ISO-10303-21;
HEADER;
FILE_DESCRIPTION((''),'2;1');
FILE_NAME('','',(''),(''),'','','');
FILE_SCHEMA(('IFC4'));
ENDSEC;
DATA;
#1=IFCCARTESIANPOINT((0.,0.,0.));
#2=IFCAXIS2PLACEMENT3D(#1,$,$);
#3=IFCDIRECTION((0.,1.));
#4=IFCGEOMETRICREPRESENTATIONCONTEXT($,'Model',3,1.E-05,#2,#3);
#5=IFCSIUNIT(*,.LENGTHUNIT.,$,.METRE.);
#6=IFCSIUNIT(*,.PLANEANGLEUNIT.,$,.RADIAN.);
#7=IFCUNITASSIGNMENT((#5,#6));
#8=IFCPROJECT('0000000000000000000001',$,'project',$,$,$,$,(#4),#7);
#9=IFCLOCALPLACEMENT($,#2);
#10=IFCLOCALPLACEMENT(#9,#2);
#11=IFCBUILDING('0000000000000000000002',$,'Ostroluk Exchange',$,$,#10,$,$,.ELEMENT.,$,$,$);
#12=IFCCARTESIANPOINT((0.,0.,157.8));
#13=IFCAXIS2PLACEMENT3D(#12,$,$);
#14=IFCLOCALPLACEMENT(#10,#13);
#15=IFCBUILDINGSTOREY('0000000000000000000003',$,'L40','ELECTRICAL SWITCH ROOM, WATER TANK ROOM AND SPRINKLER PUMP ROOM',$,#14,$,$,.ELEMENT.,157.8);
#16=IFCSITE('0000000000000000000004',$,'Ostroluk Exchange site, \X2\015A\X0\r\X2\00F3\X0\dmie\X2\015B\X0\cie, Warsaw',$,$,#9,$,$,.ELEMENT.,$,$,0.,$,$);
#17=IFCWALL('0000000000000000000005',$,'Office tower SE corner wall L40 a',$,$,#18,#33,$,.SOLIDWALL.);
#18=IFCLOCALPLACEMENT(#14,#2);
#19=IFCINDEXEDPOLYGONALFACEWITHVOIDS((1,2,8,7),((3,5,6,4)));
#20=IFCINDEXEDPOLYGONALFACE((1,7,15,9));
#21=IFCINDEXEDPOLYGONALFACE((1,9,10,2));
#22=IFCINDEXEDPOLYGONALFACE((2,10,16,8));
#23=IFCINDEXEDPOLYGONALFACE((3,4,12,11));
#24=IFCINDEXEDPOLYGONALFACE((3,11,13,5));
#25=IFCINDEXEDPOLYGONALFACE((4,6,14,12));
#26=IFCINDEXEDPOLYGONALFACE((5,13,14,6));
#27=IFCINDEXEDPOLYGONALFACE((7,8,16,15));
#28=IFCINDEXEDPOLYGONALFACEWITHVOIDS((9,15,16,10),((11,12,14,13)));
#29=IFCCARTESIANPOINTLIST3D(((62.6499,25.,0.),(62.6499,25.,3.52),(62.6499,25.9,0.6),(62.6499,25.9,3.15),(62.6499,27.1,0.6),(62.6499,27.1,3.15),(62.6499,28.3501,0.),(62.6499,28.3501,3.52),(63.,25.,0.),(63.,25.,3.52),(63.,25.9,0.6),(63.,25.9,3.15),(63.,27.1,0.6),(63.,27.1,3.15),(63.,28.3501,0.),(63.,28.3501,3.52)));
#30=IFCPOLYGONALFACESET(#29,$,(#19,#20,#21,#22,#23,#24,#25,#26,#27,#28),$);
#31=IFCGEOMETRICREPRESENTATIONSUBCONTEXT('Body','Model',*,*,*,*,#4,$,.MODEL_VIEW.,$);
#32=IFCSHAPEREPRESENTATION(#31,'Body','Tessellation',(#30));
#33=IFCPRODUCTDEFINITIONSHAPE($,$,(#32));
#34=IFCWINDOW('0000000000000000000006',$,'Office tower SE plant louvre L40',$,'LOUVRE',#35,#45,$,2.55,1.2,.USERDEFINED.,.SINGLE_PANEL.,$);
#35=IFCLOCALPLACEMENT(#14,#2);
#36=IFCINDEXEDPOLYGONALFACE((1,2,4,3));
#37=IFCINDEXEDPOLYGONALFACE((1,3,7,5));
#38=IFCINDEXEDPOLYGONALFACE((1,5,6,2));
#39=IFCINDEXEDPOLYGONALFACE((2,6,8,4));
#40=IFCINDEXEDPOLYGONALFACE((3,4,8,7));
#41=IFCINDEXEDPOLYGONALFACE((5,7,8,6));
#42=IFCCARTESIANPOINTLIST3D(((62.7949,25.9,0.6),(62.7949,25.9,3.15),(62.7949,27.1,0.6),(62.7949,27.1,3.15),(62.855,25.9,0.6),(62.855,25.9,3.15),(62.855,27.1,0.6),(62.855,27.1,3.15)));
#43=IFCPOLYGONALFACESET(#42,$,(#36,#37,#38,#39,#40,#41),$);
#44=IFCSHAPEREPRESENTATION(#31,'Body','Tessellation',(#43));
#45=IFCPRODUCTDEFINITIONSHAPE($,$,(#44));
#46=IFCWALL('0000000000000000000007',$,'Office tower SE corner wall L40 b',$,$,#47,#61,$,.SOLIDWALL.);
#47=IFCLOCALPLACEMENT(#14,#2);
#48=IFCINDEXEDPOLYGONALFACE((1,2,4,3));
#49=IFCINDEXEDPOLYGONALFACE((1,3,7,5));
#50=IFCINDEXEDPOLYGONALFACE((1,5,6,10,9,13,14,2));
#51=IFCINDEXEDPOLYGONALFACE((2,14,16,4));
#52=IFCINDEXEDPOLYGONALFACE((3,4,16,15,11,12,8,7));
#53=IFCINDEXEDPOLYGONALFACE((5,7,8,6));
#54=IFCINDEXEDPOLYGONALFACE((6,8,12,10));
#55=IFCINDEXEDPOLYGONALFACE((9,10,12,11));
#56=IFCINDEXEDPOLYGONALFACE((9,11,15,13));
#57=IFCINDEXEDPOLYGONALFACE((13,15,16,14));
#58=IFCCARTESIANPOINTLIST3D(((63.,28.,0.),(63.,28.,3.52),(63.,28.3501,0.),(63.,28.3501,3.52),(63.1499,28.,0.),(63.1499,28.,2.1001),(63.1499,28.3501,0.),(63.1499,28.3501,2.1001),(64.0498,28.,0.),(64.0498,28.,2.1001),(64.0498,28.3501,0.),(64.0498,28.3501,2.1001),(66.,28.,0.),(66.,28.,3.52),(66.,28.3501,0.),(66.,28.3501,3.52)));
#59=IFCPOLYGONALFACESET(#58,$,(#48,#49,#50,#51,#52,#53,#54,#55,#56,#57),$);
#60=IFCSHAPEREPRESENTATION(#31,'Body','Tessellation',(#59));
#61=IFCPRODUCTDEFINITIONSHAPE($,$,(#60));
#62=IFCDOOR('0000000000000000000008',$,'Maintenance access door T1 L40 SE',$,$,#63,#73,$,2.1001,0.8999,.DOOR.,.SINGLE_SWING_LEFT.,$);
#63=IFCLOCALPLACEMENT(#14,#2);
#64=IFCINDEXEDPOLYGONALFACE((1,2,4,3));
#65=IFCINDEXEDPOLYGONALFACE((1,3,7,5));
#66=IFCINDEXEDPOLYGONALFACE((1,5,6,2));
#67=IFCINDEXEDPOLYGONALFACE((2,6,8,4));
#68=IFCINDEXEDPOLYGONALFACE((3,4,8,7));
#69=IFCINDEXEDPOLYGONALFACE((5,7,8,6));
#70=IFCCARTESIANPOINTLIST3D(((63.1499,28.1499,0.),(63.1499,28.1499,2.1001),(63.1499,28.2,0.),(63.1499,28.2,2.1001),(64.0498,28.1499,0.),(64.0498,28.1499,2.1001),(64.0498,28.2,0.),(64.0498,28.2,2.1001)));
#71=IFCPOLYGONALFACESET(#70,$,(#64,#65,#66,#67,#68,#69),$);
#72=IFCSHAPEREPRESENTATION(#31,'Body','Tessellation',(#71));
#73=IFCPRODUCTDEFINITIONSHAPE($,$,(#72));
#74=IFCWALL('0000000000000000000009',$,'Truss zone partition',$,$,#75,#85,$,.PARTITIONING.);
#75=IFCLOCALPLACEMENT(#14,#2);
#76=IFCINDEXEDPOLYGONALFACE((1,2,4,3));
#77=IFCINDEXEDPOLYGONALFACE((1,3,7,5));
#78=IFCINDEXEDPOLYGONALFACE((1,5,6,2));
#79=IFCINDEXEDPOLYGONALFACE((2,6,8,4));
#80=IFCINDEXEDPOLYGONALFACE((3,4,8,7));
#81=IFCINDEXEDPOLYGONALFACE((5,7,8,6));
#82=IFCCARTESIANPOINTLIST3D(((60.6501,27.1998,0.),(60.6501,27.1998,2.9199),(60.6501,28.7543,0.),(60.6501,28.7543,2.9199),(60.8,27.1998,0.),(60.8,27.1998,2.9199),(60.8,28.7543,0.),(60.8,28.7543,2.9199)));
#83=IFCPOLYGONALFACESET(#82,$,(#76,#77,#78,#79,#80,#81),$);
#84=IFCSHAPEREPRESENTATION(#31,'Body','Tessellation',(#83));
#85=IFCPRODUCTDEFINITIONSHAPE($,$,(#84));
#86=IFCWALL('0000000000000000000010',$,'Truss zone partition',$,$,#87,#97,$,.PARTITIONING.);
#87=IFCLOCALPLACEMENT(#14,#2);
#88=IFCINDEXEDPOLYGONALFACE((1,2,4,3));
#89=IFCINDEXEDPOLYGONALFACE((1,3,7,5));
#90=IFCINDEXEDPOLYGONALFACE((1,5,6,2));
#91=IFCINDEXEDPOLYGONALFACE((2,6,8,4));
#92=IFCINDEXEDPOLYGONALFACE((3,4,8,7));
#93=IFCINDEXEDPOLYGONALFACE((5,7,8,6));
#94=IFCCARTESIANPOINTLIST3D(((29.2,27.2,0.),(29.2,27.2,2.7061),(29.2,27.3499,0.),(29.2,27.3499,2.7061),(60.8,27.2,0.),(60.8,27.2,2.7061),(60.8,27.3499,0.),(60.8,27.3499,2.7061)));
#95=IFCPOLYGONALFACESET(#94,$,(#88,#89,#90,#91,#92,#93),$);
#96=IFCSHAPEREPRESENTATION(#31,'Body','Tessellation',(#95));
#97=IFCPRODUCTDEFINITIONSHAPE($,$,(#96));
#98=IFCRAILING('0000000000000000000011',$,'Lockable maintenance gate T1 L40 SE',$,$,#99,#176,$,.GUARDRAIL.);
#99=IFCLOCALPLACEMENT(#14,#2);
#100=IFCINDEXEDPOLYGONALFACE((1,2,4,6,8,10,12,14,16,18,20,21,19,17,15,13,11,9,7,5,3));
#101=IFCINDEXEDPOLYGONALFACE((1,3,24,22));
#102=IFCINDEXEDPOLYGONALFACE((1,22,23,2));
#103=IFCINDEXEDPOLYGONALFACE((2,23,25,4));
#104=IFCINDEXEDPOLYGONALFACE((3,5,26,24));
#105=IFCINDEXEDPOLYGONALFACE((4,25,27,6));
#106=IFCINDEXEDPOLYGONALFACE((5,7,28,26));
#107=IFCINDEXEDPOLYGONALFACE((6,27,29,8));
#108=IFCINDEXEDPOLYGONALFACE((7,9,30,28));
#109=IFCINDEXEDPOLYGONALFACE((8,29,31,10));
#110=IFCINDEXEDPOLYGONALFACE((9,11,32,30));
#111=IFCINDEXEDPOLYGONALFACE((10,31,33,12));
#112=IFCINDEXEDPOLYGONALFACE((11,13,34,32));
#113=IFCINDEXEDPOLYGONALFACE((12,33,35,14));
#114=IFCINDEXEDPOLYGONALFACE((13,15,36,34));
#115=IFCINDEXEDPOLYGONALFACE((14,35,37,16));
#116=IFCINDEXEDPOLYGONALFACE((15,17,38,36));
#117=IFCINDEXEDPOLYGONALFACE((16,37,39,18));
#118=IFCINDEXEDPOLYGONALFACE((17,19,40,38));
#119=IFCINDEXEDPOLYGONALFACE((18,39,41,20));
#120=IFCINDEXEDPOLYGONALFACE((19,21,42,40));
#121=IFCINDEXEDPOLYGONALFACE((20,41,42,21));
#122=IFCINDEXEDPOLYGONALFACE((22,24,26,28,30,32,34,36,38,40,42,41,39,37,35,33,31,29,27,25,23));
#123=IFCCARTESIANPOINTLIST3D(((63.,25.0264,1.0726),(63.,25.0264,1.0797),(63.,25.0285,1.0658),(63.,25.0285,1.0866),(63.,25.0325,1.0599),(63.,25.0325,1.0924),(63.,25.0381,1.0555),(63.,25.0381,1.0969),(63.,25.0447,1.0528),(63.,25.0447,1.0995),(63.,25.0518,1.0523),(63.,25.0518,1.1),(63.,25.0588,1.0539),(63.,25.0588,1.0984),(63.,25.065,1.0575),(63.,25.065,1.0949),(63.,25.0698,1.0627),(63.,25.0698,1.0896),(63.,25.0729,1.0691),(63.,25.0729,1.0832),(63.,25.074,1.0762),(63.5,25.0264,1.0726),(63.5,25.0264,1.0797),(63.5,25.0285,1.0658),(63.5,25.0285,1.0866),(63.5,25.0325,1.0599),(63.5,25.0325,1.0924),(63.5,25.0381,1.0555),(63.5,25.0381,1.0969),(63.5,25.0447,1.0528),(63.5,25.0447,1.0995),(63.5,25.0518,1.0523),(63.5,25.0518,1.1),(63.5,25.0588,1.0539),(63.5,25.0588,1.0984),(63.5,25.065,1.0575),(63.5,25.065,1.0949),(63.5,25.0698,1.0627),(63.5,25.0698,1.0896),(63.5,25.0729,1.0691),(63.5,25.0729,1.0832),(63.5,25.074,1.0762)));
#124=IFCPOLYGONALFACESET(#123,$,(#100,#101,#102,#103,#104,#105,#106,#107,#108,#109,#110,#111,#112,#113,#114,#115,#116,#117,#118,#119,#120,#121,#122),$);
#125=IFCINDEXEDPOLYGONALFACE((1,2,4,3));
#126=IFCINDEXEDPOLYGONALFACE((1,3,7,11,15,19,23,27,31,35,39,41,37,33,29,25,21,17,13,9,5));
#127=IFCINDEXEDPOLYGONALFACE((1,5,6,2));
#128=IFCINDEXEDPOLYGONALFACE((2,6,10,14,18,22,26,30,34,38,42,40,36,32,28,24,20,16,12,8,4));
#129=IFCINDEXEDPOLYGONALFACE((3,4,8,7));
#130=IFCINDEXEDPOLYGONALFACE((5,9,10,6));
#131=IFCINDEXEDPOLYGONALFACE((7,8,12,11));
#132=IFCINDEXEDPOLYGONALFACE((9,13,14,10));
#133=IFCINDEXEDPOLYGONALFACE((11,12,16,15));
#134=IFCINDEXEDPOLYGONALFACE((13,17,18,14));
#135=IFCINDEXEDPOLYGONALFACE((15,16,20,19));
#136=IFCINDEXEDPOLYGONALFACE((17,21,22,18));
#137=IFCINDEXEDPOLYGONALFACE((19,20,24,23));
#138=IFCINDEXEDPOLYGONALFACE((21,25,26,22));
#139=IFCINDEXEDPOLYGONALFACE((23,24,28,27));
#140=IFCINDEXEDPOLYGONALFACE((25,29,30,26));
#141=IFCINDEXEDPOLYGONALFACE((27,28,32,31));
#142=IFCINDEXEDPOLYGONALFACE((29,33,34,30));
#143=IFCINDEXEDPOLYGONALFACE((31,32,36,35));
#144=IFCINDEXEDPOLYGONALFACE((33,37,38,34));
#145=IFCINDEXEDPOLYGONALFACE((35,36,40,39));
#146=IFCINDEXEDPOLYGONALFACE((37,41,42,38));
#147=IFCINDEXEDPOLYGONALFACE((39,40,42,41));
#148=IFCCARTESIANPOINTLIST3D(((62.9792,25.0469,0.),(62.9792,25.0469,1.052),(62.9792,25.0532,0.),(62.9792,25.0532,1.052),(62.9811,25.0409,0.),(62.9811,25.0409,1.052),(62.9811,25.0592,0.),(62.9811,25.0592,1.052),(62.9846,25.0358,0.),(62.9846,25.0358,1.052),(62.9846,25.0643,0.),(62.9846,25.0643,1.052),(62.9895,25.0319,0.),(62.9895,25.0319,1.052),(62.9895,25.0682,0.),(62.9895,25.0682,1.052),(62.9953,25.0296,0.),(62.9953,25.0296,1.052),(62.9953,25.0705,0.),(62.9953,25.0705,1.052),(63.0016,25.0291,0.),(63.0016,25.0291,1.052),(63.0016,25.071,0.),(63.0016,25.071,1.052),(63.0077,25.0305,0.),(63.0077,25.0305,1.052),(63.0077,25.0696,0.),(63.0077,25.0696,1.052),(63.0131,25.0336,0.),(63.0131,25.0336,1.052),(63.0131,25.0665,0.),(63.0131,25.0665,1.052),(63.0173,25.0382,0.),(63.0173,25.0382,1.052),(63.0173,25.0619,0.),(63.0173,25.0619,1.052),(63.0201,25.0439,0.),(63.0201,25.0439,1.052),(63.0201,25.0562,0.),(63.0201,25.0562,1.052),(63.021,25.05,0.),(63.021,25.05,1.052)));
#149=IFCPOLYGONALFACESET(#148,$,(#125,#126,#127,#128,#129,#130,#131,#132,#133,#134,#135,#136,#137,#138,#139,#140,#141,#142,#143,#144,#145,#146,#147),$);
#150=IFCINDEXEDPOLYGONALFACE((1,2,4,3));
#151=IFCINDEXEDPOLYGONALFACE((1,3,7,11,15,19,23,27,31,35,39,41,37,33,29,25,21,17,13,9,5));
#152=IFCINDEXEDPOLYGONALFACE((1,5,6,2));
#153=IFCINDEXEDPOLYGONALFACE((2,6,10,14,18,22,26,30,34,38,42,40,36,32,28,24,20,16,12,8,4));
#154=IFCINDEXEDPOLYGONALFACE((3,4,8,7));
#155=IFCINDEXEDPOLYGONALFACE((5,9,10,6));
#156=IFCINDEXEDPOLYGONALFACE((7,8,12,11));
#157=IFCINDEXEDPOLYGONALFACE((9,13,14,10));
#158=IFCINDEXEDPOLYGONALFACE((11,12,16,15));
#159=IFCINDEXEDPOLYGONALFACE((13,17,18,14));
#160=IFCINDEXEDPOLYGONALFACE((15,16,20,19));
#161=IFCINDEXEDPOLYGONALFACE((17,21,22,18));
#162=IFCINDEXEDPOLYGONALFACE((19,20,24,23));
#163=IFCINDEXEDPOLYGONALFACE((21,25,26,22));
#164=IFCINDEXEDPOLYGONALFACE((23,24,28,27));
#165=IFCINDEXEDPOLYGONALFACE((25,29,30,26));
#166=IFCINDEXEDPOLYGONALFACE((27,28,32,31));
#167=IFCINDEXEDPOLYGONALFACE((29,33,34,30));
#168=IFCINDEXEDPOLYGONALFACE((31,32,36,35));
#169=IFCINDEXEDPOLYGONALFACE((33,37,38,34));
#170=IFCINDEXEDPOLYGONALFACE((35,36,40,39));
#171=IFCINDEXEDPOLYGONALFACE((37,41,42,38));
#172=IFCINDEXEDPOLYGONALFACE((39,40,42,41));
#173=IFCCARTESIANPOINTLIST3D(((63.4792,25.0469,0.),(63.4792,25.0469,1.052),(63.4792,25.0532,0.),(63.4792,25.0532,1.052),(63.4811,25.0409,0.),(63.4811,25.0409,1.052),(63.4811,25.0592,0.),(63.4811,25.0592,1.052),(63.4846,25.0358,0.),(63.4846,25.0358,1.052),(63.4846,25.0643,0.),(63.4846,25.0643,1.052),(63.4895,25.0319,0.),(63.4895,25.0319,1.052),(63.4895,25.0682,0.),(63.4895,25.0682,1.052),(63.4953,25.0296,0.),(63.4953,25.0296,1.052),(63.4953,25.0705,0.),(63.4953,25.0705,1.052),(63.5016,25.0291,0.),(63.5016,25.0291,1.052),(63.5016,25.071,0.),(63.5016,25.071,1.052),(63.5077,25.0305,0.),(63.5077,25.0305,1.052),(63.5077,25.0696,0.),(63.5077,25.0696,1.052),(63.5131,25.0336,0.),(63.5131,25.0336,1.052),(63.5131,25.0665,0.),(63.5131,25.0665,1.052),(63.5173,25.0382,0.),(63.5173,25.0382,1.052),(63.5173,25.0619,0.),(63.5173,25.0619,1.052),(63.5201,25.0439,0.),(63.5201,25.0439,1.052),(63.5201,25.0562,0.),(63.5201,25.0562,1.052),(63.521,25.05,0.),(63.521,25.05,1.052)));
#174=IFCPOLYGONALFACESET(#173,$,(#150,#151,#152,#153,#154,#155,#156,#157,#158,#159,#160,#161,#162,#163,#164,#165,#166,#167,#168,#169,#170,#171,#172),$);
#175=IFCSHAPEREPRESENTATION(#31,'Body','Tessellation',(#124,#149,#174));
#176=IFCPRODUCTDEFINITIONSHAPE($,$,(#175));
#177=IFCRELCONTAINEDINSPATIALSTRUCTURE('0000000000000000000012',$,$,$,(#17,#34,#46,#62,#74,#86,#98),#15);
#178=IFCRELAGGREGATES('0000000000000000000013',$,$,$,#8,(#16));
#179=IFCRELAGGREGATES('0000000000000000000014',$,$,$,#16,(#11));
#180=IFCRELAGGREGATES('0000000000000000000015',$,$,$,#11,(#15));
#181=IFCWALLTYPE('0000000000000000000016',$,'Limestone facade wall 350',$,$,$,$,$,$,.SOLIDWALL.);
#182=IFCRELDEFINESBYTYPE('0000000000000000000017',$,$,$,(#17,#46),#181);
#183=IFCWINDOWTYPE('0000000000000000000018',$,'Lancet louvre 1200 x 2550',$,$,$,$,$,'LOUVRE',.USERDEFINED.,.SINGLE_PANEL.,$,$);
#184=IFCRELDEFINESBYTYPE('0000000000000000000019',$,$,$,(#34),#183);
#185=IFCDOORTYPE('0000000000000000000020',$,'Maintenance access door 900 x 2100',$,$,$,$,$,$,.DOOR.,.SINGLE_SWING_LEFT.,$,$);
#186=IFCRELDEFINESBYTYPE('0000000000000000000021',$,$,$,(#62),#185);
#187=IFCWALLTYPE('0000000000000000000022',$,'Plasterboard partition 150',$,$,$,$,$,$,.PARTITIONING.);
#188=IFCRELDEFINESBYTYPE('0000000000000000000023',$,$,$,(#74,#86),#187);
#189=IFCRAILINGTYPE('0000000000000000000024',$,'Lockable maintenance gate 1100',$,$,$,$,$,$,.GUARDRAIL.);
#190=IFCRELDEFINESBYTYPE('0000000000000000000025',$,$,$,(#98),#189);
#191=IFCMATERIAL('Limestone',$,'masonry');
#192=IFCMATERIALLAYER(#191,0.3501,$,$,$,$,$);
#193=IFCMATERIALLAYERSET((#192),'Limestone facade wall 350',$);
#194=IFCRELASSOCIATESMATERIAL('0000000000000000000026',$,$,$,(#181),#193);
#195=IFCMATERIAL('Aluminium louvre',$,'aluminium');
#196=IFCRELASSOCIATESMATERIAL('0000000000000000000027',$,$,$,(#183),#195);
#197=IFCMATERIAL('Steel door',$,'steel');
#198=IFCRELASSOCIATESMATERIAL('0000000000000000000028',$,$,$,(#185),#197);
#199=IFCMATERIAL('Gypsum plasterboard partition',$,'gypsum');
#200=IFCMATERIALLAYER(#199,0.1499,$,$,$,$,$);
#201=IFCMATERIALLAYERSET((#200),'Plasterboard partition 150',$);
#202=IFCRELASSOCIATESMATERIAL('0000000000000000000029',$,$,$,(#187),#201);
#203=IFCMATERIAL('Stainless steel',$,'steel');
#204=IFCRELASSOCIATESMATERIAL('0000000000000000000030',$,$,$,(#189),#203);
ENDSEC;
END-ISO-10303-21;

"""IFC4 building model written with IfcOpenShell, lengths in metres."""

from ifc_helpers import new_model, si_unit, direction, frame, frame_2d, origin, origin_2d, place, context, subcontext, project, spatial, rectangle, circle, extrude, material, layer, layer_set, type_object, element, fill, save


model = new_model("IFC4")

# Units and contexts
model_context = context("Model", 3, precision=1e-05, world=origin(), true_north=direction((0.0, 1.0)))
body_context = subcontext(model_context, "Body", "Model", "MODEL_VIEW")
ifc_project = project(units=[si_unit("LENGTHUNIT", "METRE"), si_unit("PLANEANGLEUNIT", "RADIAN")], contexts=[model_context])

# Site, building, storey
site_placement = place(None, origin())
site = spatial("IfcSite", under=ifc_project, at=site_placement, Name="Ostroluk Exchange site, Śródmieście, Warsaw", CompositionType="ELEMENT", RefElevation=0.0)
building_placement = place(site_placement, origin())
building = spatial("IfcBuilding", under=site, at=building_placement, Name="Ostroluk Exchange", CompositionType="ELEMENT")
storey_placement = place(building_placement, frame((0.0, 0.0, 157.8)))
storey = spatial("IfcBuildingStorey", under=building, at=storey_placement, Name="L40", Description="ELECTRICAL SWITCH ROOM, WATER TANK ROOM AND SPRINKLER PUMP ROOM", CompositionType="ELEMENT", Elevation=157.8)

# Wall, opening, window
ifc_material_1 = material(Name="Limestone", Category="masonry")
ifc_layer_1 = layer(ifc_material_1, 0.3501)
ifc_layer_set_1 = layer_set([ifc_layer_1], Name="Limestone facade wall 350")
wall_type_1 = type_object("IfcWallType", Name="Limestone facade wall 350", PredefinedType="SOLIDWALL", material=ifc_layer_set_1)
wall_1_placement = place(storey_placement, frame((62.825, 25.0, 0.0), z_axis=(0.0, 0.0, 1.0), x_axis=(0.0, 1.0, 0.0)))
wall_1 = element("IfcWall", 1, at=wall_1_placement, inside=storey, type_object=wall_type_1, Name="Office tower SE corner wall L40 a", PredefinedType="SOLIDWALL", context=body_context, shape_type="SweptSolid", body=[
    extrude(rectangle(XDim=3.3501, YDim=0.3501, at=frame_2d((1.675, 0.0))), origin(), (0.0, 0.0, 1.0), 3.52),
])
opening_1_placement = place(wall_1_placement, frame((0.8999, 0.0, 0.6001)))
opening_1 = element("IfcOpeningElement", 2, at=opening_1_placement, cuts=wall_1, PredefinedType="OPENING", context=body_context, shape_type="SweptSolid", body=[
    extrude(rectangle(XDim=1.2, YDim=2.55, at=frame_2d((0.6001, 1.2749))), frame((0.0, 0.1851, 0.0), z_axis=(0.0, -1.0, 0.0), x_axis=(1.0, 0.0, 0.0)), (0.0, 0.0, 1.0), 0.3701),
])
ifc_material_2 = material(Name="Aluminium louvre", Category="aluminium")
window_type = type_object("IfcWindowType", Name="Lancet louvre 1200 x 2550", ElementType="LOUVRE", PartitioningType="SINGLE_PANEL", PredefinedType="USERDEFINED", material=ifc_material_2)
window_placement = place(opening_1_placement, origin())
window = element("IfcWindow", 3, at=window_placement, inside=storey, type_object=window_type, Name="Office tower SE plant louvre L40", ObjectType="LOUVRE", OverallHeight=2.55, OverallWidth=1.2, PartitioningType="SINGLE_PANEL", PredefinedType="USERDEFINED", context=body_context, shape_type="SweptSolid", body=[
    extrude(rectangle(XDim=1.2, YDim=2.55, at=frame_2d((0.6001, 1.2749))), frame((0.0, 0.03, 0.0), z_axis=(0.0, -1.0, 0.0), x_axis=(1.0, 0.0, 0.0)), (0.0, 0.0, 1.0), 0.0601),
])
fill(opening_1, window)

# Wall, opening, door
wall_2_placement = place(storey_placement, frame((63.0, 28.175, 0.0), z_axis=(0.0, 0.0, 1.0), x_axis=(1.0, 0.0, 0.0)))
wall_2 = element("IfcWall", 4, at=wall_2_placement, inside=storey, type_object=wall_type_1, Name="Office tower SE corner wall L40 b", PredefinedType="SOLIDWALL", context=body_context, shape_type="SweptSolid", body=[
    extrude(rectangle(XDim=3.0, YDim=0.3501, at=frame_2d((1.5, 0.0))), origin(), (0.0, 0.0, 1.0), 3.52),
])
opening_2_placement = place(wall_2_placement, frame((0.1499, 0.0, 0.0)))
opening_2 = element("IfcOpeningElement", 5, at=opening_2_placement, cuts=wall_2, PredefinedType="OPENING", context=body_context, shape_type="SweptSolid", body=[
    extrude(rectangle(XDim=0.8999, YDim=2.1001, at=frame_2d((0.45, 1.05))), frame((0.0, 0.1851, 0.0), z_axis=(0.0, -1.0, 0.0), x_axis=(1.0, 0.0, 0.0)), (0.0, 0.0, 1.0), 0.3701),
])
ifc_material_3 = material(Name="Steel door", Category="steel")
door_type = type_object("IfcDoorType", Name="Maintenance access door 900 x 2100", OperationType="SINGLE_SWING_LEFT", PredefinedType="DOOR", material=ifc_material_3)
door_placement = place(opening_2_placement, origin())
door = element("IfcDoor", 6, at=door_placement, inside=storey, type_object=door_type, Name="Maintenance access door T1 L40 SE", OperationType="SINGLE_SWING_LEFT", OverallHeight=2.1001, OverallWidth=0.8999, PredefinedType="DOOR", context=body_context, shape_type="SweptSolid", body=[
    extrude(rectangle(XDim=0.8999, YDim=2.1001, at=frame_2d((0.45, 1.05))), frame((0.0, 0.0249, 0.0), z_axis=(0.0, -1.0, 0.0), x_axis=(1.0, 0.0, 0.0)), (0.0, 0.0, 1.0), 0.05),
])
fill(opening_2, door)

# Walls
ifc_material_4 = material(Name="Gypsum plasterboard partition", Category="gypsum")
ifc_layer_2 = layer(ifc_material_4, 0.1499)
ifc_layer_set_2 = layer_set([ifc_layer_2], Name="Plasterboard partition 150")
wall_type_2 = type_object("IfcWallType", Name="Plasterboard partition 150", PredefinedType="PARTITIONING", material=ifc_layer_set_2)
wall_3_placement = place(storey_placement, frame((60.7251, 28.7544, 0.0), z_axis=(0.0, 0.0, 1.0), x_axis=(0.0, -1.0, 0.0)))
element("IfcWall", 7, at=wall_3_placement, inside=storey, type_object=wall_type_2, Name="Truss zone partition", PredefinedType="PARTITIONING", context=body_context, shape_type="SweptSolid", body=[
    extrude(rectangle(XDim=1.5544, YDim=0.1499, at=frame_2d((0.7773, 0.0))), origin(), (0.0, 0.0, 1.0), 2.9199),
])
wall_4_placement = place(storey_placement, frame((60.8, 27.2749, 0.0), z_axis=(0.0, 0.0, 1.0), x_axis=(-1.0, 0.0, 0.0)))
element("IfcWall", 8, at=wall_4_placement, inside=storey, type_object=wall_type_2, Name="Truss zone partition", PredefinedType="PARTITIONING", context=body_context, shape_type="SweptSolid", body=[
    extrude(rectangle(XDim=31.6001, YDim=0.1499, at=frame_2d((15.8, 0.0))), origin(), (0.0, 0.0, 1.0), 2.7061),
])

# Railing
ifc_material_5 = material(Name="Stainless steel", Category="steel")
railing_type_1 = type_object("IfcRailingType", Name="Lockable maintenance gate 1100", PredefinedType="GUARDRAIL", material=ifc_material_5)
railing_1_placement = place(storey_placement, frame((63.0, 25.05, 0.0)))
element("IfcRailing", 9, at=railing_1_placement, inside=storey, type_object=railing_type_1, Name="Lockable maintenance gate T1 L40 SE", PredefinedType="GUARDRAIL", context=body_context, shape_type="SweptSolid", body=[
    extrude(circle(Radius=0.0239, at=origin_2d()), frame((0.0, 0.0, 1.0762), z_axis=(1.0, 0.0, 0.0), x_axis=(0.0, 1.0, 0.0)), (0.0, 0.0, 1.0), 0.5),
    extrude(circle(Radius=0.021, at=origin_2d()), origin(), (0.0, 0.0, 1.0), 1.052),
    extrude(circle(Radius=0.021, at=origin_2d()), frame((0.5, 0.0, 0.0)), (0.0, 0.0, 1.0), 1.052),
])

save(model, "model.ifc")
